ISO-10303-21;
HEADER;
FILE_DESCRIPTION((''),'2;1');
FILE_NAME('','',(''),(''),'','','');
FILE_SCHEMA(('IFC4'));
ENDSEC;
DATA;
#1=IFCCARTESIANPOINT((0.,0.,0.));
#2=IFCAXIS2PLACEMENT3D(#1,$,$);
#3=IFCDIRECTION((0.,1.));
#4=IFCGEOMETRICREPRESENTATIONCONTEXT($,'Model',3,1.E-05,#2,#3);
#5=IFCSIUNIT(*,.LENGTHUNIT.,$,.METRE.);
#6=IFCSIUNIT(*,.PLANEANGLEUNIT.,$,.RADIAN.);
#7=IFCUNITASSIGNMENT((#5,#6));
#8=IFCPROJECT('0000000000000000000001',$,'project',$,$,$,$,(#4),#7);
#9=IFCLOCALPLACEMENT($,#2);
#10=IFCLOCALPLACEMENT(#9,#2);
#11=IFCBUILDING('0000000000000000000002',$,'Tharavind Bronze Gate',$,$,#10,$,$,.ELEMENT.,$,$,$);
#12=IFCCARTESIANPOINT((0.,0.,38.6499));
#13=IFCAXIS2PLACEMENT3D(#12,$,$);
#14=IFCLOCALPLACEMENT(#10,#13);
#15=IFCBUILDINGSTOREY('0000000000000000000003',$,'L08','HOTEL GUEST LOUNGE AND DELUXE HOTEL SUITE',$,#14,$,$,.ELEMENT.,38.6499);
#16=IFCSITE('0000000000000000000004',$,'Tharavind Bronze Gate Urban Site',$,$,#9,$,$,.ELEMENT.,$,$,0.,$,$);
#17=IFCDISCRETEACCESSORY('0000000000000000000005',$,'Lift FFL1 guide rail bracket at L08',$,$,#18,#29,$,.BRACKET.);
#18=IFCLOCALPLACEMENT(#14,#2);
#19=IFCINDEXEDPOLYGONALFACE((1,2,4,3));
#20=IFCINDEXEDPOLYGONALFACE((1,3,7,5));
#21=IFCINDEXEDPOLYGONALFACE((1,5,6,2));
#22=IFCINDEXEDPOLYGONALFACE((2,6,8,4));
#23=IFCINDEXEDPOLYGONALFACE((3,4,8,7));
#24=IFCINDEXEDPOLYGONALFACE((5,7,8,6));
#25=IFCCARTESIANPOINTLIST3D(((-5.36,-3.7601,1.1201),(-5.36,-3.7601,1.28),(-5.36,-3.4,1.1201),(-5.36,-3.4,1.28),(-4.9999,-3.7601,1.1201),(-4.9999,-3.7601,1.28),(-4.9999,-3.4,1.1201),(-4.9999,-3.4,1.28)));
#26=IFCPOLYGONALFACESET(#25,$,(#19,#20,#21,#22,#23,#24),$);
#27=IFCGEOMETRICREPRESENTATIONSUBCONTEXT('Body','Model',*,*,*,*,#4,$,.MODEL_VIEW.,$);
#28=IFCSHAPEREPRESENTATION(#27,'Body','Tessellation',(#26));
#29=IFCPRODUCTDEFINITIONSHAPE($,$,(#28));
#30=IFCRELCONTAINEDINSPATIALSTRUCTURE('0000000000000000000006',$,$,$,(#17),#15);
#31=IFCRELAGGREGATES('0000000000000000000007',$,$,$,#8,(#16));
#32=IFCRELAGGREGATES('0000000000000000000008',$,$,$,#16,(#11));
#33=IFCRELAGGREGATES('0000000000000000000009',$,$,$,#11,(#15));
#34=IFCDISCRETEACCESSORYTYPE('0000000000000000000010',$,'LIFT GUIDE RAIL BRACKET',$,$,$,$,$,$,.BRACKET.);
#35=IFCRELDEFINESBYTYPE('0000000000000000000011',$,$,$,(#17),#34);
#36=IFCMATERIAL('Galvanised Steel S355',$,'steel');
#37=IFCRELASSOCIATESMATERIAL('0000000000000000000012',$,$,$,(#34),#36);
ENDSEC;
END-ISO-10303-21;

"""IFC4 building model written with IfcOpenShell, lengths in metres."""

from ifc_helpers import new_model, si_unit, direction, frame, origin, origin_2d, place, context, subcontext, project, spatial, rectangle, extrude, material, type_object, element, save


model = new_model("IFC4")

# Units and contexts
model_context = context("Model", 3, precision=1e-05, world=origin(), true_north=direction((0.0, 1.0)))
body_context = subcontext(model_context, "Body", "Model", "MODEL_VIEW")
ifc_project = project(units=[si_unit("LENGTHUNIT", "METRE"), si_unit("PLANEANGLEUNIT", "RADIAN")], contexts=[model_context])

# Site, building, storey
site_placement = place(None, origin())
site = spatial("IfcSite", under=ifc_project, at=site_placement, Name="Tharavind Bronze Gate Urban Site", CompositionType="ELEMENT", RefElevation=0.0)
building_placement = place(site_placement, origin())
building = spatial("IfcBuilding", under=site, at=building_placement, Name="Tharavind Bronze Gate", CompositionType="ELEMENT")
storey_placement = place(building_placement, frame((0.0, 0.0, 38.6499)))
storey = spatial("IfcBuildingStorey", under=building, at=storey_placement, Name="L08", Description="HOTEL GUEST LOUNGE AND DELUXE HOTEL SUITE", CompositionType="ELEMENT", Elevation=38.6499)

# Discrete accessory
ifc_material_1 = material(Name="Galvanised Steel S355", Category="steel")
discrete_accessory_type = type_object("IfcDiscreteAccessoryType", Name="LIFT GUIDE RAIL BRACKET", PredefinedType="BRACKET", material=ifc_material_1)
discrete_accessory_placement = place(storey_placement, frame((-5.1799, -3.5801, 1.1201), z_axis=(0.0, 0.0, 1.0), x_axis=(1.0, 0.0, 0.0)))
element("IfcDiscreteAccessory", 1, at=discrete_accessory_placement, inside=storey, type_object=discrete_accessory_type, Name="Lift FFL1 guide rail bracket at L08", PredefinedType="BRACKET", context=body_context, shape_type="SweptSolid", body=[
    extrude(rectangle(XDim=0.3601, YDim=0.3601, at=origin_2d()), origin(), (0.0, 0.0, 1.0), 0.1599),
])

save(model, "model.ifc")
